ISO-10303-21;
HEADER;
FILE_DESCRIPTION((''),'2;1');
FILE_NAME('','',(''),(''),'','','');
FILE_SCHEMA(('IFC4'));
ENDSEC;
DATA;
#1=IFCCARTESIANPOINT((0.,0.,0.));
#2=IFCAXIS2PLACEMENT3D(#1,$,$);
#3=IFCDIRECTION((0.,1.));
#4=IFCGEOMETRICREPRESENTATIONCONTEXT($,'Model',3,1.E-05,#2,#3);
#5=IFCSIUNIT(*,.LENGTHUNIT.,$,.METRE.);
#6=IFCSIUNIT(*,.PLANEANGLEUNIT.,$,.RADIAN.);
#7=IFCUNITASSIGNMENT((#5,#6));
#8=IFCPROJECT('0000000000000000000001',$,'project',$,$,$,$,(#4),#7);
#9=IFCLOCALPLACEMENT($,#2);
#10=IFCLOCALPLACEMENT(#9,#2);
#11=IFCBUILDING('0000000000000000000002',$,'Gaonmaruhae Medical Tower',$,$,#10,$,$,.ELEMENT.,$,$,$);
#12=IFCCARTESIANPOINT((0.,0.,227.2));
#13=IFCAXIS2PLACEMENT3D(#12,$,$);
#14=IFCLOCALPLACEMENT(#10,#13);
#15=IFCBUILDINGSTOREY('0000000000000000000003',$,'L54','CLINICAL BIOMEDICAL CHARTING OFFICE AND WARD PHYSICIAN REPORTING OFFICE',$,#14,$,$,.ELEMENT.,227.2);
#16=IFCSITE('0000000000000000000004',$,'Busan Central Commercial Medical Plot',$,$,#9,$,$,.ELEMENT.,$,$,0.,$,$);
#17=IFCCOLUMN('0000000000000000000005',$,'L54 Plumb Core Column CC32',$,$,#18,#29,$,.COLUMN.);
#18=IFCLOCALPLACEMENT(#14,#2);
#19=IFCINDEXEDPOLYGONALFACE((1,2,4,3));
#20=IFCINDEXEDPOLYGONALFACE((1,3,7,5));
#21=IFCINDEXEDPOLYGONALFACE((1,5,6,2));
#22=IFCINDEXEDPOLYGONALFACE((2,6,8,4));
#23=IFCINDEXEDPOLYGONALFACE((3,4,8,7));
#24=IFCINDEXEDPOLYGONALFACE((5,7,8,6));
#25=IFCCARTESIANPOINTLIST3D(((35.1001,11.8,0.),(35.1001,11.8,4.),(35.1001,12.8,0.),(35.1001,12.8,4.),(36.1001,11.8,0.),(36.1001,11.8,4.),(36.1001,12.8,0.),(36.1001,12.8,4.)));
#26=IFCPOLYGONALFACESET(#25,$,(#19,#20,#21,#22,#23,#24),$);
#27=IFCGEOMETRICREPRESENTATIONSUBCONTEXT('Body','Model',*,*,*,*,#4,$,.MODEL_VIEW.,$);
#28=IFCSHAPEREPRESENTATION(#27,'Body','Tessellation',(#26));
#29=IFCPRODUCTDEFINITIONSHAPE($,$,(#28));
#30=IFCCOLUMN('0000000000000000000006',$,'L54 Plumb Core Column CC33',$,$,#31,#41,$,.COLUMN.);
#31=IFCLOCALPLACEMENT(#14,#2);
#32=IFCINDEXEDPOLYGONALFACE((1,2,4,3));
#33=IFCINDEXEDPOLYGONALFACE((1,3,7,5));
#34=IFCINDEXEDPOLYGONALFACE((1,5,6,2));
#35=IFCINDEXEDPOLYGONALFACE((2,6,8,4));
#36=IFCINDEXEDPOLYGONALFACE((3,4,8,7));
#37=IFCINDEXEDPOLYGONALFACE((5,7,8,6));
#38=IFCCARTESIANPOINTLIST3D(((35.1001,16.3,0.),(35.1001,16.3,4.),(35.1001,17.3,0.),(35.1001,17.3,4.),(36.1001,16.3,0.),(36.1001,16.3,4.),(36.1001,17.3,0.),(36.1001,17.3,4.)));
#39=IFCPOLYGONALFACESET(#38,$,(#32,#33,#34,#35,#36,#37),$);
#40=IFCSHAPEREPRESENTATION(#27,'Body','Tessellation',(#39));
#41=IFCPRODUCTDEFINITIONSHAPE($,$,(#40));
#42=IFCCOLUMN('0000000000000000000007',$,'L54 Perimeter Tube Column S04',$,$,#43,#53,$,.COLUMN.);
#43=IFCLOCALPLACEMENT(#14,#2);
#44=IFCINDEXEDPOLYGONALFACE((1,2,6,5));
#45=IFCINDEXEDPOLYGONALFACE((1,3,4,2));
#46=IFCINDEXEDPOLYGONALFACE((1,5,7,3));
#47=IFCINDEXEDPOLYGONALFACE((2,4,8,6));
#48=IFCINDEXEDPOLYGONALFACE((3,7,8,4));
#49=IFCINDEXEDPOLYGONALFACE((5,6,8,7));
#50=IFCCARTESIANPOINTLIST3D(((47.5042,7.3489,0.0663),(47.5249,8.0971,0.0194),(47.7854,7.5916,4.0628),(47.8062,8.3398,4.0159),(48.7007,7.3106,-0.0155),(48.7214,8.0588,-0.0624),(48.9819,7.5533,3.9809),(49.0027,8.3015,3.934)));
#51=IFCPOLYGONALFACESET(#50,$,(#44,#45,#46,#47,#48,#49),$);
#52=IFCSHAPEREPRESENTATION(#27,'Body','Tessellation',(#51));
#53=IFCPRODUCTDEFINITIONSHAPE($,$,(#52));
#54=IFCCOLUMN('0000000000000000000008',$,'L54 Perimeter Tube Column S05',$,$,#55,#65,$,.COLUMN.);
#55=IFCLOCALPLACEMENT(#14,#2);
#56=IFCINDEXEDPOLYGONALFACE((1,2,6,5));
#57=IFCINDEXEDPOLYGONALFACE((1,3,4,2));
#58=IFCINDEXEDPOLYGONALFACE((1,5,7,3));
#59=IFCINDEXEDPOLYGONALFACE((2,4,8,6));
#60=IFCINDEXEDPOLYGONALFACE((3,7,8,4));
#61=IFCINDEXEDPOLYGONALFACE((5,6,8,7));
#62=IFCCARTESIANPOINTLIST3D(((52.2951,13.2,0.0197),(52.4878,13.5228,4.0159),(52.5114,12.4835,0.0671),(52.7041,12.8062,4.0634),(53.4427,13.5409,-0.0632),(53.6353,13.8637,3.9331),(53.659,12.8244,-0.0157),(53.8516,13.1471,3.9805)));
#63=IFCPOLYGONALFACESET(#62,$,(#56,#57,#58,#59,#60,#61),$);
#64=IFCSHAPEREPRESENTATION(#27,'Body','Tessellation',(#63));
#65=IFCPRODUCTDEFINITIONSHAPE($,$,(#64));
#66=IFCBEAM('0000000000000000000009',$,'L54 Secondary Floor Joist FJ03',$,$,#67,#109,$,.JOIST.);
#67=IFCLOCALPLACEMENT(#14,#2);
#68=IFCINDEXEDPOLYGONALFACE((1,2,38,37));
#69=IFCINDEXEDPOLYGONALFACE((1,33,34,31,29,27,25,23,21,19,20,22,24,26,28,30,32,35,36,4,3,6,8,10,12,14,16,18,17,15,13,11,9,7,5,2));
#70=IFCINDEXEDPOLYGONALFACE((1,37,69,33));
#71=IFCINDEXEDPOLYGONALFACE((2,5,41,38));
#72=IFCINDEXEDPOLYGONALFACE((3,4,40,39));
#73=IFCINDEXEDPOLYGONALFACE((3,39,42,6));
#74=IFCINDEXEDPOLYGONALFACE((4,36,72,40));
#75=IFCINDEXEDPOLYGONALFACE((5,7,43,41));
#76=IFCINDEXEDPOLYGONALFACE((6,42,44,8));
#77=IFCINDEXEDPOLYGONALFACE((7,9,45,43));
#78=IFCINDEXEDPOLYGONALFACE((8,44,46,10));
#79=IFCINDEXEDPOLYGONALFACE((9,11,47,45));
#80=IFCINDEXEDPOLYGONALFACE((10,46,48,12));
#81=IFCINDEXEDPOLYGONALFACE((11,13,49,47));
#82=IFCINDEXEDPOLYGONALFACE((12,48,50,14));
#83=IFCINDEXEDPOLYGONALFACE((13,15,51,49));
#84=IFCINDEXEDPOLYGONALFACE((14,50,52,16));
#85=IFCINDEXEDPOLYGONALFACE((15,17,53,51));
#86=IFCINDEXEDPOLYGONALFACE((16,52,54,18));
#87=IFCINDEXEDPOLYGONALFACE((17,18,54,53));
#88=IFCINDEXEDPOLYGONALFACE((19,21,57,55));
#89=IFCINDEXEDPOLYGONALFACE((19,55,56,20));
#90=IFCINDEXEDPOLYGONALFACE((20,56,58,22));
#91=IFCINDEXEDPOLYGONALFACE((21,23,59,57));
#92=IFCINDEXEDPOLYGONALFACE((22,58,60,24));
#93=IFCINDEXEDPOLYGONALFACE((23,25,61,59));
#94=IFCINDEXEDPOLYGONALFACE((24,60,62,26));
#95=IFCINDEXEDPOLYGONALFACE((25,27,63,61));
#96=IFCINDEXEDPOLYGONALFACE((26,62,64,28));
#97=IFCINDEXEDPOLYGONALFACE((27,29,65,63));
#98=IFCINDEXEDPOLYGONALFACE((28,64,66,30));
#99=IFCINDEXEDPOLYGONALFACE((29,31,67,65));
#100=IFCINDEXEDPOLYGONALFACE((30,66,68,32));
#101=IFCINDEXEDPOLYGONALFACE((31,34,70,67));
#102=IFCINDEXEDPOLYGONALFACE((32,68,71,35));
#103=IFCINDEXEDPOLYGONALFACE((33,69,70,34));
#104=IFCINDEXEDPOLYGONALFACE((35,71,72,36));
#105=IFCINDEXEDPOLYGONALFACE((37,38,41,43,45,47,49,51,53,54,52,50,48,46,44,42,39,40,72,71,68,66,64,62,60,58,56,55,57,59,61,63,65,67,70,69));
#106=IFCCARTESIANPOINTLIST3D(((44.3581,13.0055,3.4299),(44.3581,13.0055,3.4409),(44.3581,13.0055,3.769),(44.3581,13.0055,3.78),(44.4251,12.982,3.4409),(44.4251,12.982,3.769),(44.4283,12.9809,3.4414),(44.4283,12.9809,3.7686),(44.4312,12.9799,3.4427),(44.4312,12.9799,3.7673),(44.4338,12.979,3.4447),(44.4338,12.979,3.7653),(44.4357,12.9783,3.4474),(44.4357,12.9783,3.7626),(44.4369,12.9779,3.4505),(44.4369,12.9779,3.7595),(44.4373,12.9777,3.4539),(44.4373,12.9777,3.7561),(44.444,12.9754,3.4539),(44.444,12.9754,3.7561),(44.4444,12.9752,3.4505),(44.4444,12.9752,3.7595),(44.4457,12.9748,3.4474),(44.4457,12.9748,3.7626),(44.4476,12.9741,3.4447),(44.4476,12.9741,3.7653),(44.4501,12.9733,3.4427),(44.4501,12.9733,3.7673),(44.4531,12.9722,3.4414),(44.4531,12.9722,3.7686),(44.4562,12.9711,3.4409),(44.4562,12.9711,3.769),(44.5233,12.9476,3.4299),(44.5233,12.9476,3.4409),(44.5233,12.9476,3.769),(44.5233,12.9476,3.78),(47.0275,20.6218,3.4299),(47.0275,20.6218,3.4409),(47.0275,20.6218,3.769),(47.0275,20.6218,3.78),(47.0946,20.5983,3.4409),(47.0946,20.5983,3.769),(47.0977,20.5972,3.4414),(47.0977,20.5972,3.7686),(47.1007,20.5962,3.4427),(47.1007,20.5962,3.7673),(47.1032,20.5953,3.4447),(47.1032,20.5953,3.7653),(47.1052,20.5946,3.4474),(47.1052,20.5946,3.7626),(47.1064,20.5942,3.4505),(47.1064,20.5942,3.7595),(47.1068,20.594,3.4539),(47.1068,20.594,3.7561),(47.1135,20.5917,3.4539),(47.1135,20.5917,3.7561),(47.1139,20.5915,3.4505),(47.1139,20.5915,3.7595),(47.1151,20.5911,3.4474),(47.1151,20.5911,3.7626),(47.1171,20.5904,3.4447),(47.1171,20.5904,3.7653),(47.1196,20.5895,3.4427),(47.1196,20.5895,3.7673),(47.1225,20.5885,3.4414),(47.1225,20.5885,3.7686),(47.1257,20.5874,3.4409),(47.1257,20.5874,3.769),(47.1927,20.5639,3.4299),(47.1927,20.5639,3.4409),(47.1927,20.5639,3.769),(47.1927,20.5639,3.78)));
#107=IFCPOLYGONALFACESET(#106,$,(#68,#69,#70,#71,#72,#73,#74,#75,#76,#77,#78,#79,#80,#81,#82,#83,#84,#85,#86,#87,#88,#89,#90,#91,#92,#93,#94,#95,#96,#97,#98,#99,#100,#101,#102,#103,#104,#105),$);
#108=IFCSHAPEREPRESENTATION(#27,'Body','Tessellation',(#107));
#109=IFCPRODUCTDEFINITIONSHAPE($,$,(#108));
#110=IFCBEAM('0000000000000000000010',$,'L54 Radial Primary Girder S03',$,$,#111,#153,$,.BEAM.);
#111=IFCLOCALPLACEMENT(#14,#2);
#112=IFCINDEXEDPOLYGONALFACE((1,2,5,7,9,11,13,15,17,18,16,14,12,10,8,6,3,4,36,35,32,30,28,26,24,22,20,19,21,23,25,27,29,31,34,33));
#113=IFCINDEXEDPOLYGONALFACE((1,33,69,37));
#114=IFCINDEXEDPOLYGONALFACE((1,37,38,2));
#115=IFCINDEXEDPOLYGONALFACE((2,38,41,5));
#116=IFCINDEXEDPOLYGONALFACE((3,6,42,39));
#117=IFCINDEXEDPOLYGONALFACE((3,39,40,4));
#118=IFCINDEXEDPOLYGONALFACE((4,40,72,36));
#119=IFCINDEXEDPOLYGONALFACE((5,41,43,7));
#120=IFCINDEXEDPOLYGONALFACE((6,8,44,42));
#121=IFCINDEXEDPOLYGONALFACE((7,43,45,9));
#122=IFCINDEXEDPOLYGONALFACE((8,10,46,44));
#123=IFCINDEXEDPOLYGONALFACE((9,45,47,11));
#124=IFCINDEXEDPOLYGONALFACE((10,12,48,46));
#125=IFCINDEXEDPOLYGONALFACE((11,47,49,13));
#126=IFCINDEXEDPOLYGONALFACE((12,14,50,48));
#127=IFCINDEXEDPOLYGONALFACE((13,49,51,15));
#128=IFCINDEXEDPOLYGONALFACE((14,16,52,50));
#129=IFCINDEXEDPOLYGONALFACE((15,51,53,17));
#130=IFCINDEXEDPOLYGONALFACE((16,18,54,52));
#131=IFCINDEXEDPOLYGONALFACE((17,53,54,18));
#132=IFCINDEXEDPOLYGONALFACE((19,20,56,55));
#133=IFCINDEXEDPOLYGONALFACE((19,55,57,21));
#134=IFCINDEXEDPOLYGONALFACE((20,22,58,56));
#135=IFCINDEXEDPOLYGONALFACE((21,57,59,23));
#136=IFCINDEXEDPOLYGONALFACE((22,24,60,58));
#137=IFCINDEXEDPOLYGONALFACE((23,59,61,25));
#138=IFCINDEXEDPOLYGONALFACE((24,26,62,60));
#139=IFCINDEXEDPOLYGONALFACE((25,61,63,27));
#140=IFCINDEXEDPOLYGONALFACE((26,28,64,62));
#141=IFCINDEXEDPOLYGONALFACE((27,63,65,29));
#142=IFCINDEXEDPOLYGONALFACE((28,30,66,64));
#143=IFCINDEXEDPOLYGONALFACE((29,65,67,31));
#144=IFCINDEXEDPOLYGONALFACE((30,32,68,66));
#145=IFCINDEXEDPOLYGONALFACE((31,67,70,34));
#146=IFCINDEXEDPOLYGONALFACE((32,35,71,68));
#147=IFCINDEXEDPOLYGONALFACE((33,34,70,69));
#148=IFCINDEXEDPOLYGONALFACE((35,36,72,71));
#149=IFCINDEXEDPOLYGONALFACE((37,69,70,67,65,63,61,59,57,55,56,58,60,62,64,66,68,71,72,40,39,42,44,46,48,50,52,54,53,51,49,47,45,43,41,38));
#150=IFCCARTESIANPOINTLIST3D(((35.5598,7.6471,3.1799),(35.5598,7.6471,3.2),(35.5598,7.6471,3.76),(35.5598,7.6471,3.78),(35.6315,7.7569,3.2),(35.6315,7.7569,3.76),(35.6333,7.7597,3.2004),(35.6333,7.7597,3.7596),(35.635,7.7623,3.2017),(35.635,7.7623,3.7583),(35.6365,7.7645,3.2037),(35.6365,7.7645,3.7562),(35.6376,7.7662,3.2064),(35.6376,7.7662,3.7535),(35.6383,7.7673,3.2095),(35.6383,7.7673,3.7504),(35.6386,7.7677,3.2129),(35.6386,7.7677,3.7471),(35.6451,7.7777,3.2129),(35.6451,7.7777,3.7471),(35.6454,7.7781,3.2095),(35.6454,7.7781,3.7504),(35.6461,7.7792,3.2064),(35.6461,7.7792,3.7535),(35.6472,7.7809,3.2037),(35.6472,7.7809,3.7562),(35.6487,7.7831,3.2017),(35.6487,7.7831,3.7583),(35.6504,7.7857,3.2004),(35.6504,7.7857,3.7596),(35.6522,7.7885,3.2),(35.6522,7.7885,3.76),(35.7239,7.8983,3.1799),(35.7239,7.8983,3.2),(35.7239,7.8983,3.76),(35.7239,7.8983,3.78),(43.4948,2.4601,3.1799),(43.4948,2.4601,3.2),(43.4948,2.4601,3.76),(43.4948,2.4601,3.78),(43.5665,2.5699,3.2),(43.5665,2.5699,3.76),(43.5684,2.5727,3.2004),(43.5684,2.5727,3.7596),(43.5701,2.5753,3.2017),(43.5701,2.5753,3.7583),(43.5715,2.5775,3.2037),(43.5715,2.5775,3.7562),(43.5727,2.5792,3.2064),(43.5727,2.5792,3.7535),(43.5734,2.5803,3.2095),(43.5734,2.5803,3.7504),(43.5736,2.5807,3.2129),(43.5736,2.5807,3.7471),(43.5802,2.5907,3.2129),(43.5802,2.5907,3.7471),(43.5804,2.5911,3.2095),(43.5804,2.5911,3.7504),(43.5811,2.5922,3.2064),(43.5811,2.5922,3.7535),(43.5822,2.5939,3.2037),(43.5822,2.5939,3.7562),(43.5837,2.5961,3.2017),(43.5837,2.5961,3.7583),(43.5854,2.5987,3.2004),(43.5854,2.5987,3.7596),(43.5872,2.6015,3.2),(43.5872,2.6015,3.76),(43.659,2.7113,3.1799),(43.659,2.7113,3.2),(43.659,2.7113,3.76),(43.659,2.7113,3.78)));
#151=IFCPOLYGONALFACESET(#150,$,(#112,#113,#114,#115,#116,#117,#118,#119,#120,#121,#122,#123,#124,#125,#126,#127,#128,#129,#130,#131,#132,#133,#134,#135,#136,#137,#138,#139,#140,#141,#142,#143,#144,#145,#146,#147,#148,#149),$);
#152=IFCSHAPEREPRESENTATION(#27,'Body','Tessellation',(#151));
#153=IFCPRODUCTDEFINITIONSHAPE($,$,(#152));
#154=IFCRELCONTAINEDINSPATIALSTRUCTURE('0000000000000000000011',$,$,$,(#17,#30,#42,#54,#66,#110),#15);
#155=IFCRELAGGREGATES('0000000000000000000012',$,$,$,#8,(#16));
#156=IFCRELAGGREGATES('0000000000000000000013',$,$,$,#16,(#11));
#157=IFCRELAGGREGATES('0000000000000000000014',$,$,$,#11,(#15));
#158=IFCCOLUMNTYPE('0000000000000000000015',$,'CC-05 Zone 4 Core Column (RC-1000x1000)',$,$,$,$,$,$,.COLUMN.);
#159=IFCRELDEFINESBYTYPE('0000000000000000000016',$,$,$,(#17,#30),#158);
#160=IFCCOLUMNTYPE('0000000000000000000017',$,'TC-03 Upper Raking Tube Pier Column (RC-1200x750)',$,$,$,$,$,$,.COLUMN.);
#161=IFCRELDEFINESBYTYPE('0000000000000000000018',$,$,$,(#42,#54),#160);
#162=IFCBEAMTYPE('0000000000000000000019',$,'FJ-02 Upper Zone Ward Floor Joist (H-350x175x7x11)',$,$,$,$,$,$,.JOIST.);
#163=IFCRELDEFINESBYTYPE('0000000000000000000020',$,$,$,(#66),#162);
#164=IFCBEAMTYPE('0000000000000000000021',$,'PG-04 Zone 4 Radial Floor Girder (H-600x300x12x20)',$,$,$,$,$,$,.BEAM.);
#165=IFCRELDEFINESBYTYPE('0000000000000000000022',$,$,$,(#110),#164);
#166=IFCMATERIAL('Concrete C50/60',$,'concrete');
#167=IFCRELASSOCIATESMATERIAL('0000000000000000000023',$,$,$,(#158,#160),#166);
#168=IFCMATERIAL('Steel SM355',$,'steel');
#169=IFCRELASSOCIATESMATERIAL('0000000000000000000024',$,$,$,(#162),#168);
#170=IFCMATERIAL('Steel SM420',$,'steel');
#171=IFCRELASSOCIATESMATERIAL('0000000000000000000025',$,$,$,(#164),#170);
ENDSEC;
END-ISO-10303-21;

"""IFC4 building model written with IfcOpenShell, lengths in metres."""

from ifc_helpers import new_model, si_unit, direction, frame, origin, origin_2d, place, context, subcontext, project, spatial, rectangle, i_section, extrude, material, material_profile, profile_set, type_object, element, save


model = new_model("IFC4")

# Units and contexts
model_context = context("Model", 3, precision=1e-05, world=origin(), true_north=direction((0.0, 1.0)))
body_context = subcontext(model_context, "Body", "Model", "MODEL_VIEW")
ifc_project = project(units=[si_unit("LENGTHUNIT", "METRE"), si_unit("PLANEANGLEUNIT", "RADIAN")], contexts=[model_context])

# Site, building, storey
site_placement = place(None, origin())
site = spatial("IfcSite", under=ifc_project, at=site_placement, Name="Busan Central Commercial Medical Plot", CompositionType="ELEMENT", RefElevation=0.0)
building_placement = place(site_placement, origin())
building = spatial("IfcBuilding", under=site, at=building_placement, Name="Gaonmaruhae Medical Tower", CompositionType="ELEMENT")
storey_placement = place(building_placement, frame((0.0, 0.0, 227.2)))
storey = spatial("IfcBuildingStorey", under=building, at=storey_placement, Name="L54", Description="CLINICAL BIOMEDICAL CHARTING OFFICE AND WARD PHYSICIAN REPORTING OFFICE", CompositionType="ELEMENT", Elevation=227.2)

# Columns
ifc_material_1 = material(Name="Concrete C50/60", Category="concrete")
ifc_material_profile_1 = material_profile(ifc_material_1, rectangle(XDim=1.0, YDim=1.0, at=origin_2d()), Name="RC-1000x1000")
ifc_profile_set_1 = profile_set([ifc_material_profile_1], Name="Concrete C50/60")
column_type_1 = type_object("IfcColumnType", Name="CC-05 Zone 4 Core Column (RC-1000x1000)", PredefinedType="COLUMN", material=ifc_profile_set_1)
for number, where, z_axis, x_axis, name in (
    (1, (35.6001, 12.3, 0.0), (0.0, 0.0, 1.0), (1.0, 0.0, 0.0), "L54 Plumb Core Column CC32"),
    (2, (35.6001, 16.8, 0.0), (0.0, 0.0, 1.0), (1.0, 0.0, 0.0), "L54 Plumb Core Column CC33"),
):
    element("IfcColumn", number, at=place(storey_placement, frame(where, z_axis=z_axis, x_axis=x_axis)), inside=storey, type_object=column_type_1, Name=name, PredefinedType="COLUMN", context=body_context, shape_type="SweptSolid", body=[
        extrude(rectangle(XDim=1.0, YDim=1.0, at=origin_2d()), origin(), (0.0, 0.0, 1.0), 4.0),
    ])
ifc_material_profile_2 = material_profile(ifc_material_1, rectangle(XDim=1.2, YDim=0.75, at=origin_2d()), Name="RC-1200x750")
ifc_profile_set_2 = profile_set([ifc_material_profile_2], Name="Concrete C50/60")
column_type_2 = type_object("IfcColumnType", Name="TC-03 Upper Raking Tube Pier Column (RC-1200x750)", PredefinedType="COLUMN", material=ifc_profile_set_2)
column_1_placement = place(storey_placement, frame((48.1128, 7.7039, 0.002), z_axis=(0.070075, 0.060464, 0.995708), x_axis=(-0.997158, 0.031922, 0.068238)))
element("IfcColumn", 3, at=column_1_placement, inside=storey, type_object=column_type_2, Name="L54 Perimeter Tube Column S04", PredefinedType="COLUMN", context=body_context, shape_type="SweptSolid", body=[
    extrude(rectangle(XDim=1.2, YDim=0.75, at=origin_2d()), origin(), (0.0, 0.0, 1.0), 4.0137),
])
column_2_placement = place(storey_placement, frame((52.9771, 13.0122, 0.002), z_axis=(0.047989, 0.080408, 0.995606), x_axis=(-0.956311, -0.284082, 0.069038)))
element("IfcColumn", 4, at=column_2_placement, inside=storey, type_object=column_type_2, Name="L54 Perimeter Tube Column S05", PredefinedType="COLUMN", context=body_context, shape_type="SweptSolid", body=[
    extrude(rectangle(XDim=1.2, YDim=0.75, at=origin_2d()), origin(), (0.0, 0.0, 1.0), 4.0139),
])

# Beams
ifc_material_2 = material(Name="Steel SM355", Category="steel")
ifc_material_profile_3 = material_profile(ifc_material_2, i_section(OverallWidth=0.175, OverallDepth=0.3501, WebThickness=0.0071, FlangeThickness=0.011, FilletRadius=0.0129, at=origin_2d()), Name="H-350x175x7x11")
ifc_profile_set_3 = profile_set([ifc_material_profile_3], Name="Steel SM355")
beam_type_1 = type_object("IfcBeamType", Name="FJ-02 Upper Zone Ward Floor Joist (H-350x175x7x11)", PredefinedType="JOIST", material=ifc_profile_set_3)
beam_1_placement = place(storey_placement, frame((44.4407, 12.9766, 3.605), z_axis=(0.330765, 0.943713, 0.0), x_axis=(-0.943713, 0.330765, 0.0)))
element("IfcBeam", 5, at=beam_1_placement, inside=storey, type_object=beam_type_1, Name="L54 Secondary Floor Joist FJ03", PredefinedType="JOIST", context=body_context, shape_type="SweptSolid", body=[
    extrude(i_section(OverallWidth=0.175, OverallDepth=0.3501, WebThickness=0.0071, FlangeThickness=0.011, FilletRadius=0.0129, at=origin_2d()), origin(), (0.0, 0.0, 1.0), 8.0706),
])
ifc_material_3 = material(Name="Steel SM420", Category="steel")
ifc_material_profile_4 = material_profile(ifc_material_3, i_section(OverallWidth=0.3, OverallDepth=0.6001, WebThickness=0.012, FlangeThickness=0.02, FilletRadius=0.0129, at=origin_2d()), Name="H-600x300x12x20")
ifc_profile_set_4 = profile_set([ifc_material_profile_4], Name="Steel SM420")
beam_type_2 = type_object("IfcBeamType", Name="PG-04 Zone 4 Radial Floor Girder (H-600x300x12x20)", PredefinedType="BEAM", material=ifc_profile_set_4)
beam_2_placement = place(storey_placement, frame((35.6418, 7.7727, 3.48), z_axis=(0.837032, -0.547154, 0.0), x_axis=(0.547154, 0.837032, 0.0)))
element("IfcBeam", 6, at=beam_2_placement, inside=storey, type_object=beam_type_2, Name="L54 Radial Primary Girder S03", PredefinedType="BEAM", context=body_context, shape_type="SweptSolid", body=[
    extrude(i_section(OverallWidth=0.3, OverallDepth=0.6001, WebThickness=0.012, FlangeThickness=0.02, FilletRadius=0.0129, at=origin_2d()), origin(), (0.0, 0.0, 1.0), 9.48),
])

save(model, "model.ifc")
